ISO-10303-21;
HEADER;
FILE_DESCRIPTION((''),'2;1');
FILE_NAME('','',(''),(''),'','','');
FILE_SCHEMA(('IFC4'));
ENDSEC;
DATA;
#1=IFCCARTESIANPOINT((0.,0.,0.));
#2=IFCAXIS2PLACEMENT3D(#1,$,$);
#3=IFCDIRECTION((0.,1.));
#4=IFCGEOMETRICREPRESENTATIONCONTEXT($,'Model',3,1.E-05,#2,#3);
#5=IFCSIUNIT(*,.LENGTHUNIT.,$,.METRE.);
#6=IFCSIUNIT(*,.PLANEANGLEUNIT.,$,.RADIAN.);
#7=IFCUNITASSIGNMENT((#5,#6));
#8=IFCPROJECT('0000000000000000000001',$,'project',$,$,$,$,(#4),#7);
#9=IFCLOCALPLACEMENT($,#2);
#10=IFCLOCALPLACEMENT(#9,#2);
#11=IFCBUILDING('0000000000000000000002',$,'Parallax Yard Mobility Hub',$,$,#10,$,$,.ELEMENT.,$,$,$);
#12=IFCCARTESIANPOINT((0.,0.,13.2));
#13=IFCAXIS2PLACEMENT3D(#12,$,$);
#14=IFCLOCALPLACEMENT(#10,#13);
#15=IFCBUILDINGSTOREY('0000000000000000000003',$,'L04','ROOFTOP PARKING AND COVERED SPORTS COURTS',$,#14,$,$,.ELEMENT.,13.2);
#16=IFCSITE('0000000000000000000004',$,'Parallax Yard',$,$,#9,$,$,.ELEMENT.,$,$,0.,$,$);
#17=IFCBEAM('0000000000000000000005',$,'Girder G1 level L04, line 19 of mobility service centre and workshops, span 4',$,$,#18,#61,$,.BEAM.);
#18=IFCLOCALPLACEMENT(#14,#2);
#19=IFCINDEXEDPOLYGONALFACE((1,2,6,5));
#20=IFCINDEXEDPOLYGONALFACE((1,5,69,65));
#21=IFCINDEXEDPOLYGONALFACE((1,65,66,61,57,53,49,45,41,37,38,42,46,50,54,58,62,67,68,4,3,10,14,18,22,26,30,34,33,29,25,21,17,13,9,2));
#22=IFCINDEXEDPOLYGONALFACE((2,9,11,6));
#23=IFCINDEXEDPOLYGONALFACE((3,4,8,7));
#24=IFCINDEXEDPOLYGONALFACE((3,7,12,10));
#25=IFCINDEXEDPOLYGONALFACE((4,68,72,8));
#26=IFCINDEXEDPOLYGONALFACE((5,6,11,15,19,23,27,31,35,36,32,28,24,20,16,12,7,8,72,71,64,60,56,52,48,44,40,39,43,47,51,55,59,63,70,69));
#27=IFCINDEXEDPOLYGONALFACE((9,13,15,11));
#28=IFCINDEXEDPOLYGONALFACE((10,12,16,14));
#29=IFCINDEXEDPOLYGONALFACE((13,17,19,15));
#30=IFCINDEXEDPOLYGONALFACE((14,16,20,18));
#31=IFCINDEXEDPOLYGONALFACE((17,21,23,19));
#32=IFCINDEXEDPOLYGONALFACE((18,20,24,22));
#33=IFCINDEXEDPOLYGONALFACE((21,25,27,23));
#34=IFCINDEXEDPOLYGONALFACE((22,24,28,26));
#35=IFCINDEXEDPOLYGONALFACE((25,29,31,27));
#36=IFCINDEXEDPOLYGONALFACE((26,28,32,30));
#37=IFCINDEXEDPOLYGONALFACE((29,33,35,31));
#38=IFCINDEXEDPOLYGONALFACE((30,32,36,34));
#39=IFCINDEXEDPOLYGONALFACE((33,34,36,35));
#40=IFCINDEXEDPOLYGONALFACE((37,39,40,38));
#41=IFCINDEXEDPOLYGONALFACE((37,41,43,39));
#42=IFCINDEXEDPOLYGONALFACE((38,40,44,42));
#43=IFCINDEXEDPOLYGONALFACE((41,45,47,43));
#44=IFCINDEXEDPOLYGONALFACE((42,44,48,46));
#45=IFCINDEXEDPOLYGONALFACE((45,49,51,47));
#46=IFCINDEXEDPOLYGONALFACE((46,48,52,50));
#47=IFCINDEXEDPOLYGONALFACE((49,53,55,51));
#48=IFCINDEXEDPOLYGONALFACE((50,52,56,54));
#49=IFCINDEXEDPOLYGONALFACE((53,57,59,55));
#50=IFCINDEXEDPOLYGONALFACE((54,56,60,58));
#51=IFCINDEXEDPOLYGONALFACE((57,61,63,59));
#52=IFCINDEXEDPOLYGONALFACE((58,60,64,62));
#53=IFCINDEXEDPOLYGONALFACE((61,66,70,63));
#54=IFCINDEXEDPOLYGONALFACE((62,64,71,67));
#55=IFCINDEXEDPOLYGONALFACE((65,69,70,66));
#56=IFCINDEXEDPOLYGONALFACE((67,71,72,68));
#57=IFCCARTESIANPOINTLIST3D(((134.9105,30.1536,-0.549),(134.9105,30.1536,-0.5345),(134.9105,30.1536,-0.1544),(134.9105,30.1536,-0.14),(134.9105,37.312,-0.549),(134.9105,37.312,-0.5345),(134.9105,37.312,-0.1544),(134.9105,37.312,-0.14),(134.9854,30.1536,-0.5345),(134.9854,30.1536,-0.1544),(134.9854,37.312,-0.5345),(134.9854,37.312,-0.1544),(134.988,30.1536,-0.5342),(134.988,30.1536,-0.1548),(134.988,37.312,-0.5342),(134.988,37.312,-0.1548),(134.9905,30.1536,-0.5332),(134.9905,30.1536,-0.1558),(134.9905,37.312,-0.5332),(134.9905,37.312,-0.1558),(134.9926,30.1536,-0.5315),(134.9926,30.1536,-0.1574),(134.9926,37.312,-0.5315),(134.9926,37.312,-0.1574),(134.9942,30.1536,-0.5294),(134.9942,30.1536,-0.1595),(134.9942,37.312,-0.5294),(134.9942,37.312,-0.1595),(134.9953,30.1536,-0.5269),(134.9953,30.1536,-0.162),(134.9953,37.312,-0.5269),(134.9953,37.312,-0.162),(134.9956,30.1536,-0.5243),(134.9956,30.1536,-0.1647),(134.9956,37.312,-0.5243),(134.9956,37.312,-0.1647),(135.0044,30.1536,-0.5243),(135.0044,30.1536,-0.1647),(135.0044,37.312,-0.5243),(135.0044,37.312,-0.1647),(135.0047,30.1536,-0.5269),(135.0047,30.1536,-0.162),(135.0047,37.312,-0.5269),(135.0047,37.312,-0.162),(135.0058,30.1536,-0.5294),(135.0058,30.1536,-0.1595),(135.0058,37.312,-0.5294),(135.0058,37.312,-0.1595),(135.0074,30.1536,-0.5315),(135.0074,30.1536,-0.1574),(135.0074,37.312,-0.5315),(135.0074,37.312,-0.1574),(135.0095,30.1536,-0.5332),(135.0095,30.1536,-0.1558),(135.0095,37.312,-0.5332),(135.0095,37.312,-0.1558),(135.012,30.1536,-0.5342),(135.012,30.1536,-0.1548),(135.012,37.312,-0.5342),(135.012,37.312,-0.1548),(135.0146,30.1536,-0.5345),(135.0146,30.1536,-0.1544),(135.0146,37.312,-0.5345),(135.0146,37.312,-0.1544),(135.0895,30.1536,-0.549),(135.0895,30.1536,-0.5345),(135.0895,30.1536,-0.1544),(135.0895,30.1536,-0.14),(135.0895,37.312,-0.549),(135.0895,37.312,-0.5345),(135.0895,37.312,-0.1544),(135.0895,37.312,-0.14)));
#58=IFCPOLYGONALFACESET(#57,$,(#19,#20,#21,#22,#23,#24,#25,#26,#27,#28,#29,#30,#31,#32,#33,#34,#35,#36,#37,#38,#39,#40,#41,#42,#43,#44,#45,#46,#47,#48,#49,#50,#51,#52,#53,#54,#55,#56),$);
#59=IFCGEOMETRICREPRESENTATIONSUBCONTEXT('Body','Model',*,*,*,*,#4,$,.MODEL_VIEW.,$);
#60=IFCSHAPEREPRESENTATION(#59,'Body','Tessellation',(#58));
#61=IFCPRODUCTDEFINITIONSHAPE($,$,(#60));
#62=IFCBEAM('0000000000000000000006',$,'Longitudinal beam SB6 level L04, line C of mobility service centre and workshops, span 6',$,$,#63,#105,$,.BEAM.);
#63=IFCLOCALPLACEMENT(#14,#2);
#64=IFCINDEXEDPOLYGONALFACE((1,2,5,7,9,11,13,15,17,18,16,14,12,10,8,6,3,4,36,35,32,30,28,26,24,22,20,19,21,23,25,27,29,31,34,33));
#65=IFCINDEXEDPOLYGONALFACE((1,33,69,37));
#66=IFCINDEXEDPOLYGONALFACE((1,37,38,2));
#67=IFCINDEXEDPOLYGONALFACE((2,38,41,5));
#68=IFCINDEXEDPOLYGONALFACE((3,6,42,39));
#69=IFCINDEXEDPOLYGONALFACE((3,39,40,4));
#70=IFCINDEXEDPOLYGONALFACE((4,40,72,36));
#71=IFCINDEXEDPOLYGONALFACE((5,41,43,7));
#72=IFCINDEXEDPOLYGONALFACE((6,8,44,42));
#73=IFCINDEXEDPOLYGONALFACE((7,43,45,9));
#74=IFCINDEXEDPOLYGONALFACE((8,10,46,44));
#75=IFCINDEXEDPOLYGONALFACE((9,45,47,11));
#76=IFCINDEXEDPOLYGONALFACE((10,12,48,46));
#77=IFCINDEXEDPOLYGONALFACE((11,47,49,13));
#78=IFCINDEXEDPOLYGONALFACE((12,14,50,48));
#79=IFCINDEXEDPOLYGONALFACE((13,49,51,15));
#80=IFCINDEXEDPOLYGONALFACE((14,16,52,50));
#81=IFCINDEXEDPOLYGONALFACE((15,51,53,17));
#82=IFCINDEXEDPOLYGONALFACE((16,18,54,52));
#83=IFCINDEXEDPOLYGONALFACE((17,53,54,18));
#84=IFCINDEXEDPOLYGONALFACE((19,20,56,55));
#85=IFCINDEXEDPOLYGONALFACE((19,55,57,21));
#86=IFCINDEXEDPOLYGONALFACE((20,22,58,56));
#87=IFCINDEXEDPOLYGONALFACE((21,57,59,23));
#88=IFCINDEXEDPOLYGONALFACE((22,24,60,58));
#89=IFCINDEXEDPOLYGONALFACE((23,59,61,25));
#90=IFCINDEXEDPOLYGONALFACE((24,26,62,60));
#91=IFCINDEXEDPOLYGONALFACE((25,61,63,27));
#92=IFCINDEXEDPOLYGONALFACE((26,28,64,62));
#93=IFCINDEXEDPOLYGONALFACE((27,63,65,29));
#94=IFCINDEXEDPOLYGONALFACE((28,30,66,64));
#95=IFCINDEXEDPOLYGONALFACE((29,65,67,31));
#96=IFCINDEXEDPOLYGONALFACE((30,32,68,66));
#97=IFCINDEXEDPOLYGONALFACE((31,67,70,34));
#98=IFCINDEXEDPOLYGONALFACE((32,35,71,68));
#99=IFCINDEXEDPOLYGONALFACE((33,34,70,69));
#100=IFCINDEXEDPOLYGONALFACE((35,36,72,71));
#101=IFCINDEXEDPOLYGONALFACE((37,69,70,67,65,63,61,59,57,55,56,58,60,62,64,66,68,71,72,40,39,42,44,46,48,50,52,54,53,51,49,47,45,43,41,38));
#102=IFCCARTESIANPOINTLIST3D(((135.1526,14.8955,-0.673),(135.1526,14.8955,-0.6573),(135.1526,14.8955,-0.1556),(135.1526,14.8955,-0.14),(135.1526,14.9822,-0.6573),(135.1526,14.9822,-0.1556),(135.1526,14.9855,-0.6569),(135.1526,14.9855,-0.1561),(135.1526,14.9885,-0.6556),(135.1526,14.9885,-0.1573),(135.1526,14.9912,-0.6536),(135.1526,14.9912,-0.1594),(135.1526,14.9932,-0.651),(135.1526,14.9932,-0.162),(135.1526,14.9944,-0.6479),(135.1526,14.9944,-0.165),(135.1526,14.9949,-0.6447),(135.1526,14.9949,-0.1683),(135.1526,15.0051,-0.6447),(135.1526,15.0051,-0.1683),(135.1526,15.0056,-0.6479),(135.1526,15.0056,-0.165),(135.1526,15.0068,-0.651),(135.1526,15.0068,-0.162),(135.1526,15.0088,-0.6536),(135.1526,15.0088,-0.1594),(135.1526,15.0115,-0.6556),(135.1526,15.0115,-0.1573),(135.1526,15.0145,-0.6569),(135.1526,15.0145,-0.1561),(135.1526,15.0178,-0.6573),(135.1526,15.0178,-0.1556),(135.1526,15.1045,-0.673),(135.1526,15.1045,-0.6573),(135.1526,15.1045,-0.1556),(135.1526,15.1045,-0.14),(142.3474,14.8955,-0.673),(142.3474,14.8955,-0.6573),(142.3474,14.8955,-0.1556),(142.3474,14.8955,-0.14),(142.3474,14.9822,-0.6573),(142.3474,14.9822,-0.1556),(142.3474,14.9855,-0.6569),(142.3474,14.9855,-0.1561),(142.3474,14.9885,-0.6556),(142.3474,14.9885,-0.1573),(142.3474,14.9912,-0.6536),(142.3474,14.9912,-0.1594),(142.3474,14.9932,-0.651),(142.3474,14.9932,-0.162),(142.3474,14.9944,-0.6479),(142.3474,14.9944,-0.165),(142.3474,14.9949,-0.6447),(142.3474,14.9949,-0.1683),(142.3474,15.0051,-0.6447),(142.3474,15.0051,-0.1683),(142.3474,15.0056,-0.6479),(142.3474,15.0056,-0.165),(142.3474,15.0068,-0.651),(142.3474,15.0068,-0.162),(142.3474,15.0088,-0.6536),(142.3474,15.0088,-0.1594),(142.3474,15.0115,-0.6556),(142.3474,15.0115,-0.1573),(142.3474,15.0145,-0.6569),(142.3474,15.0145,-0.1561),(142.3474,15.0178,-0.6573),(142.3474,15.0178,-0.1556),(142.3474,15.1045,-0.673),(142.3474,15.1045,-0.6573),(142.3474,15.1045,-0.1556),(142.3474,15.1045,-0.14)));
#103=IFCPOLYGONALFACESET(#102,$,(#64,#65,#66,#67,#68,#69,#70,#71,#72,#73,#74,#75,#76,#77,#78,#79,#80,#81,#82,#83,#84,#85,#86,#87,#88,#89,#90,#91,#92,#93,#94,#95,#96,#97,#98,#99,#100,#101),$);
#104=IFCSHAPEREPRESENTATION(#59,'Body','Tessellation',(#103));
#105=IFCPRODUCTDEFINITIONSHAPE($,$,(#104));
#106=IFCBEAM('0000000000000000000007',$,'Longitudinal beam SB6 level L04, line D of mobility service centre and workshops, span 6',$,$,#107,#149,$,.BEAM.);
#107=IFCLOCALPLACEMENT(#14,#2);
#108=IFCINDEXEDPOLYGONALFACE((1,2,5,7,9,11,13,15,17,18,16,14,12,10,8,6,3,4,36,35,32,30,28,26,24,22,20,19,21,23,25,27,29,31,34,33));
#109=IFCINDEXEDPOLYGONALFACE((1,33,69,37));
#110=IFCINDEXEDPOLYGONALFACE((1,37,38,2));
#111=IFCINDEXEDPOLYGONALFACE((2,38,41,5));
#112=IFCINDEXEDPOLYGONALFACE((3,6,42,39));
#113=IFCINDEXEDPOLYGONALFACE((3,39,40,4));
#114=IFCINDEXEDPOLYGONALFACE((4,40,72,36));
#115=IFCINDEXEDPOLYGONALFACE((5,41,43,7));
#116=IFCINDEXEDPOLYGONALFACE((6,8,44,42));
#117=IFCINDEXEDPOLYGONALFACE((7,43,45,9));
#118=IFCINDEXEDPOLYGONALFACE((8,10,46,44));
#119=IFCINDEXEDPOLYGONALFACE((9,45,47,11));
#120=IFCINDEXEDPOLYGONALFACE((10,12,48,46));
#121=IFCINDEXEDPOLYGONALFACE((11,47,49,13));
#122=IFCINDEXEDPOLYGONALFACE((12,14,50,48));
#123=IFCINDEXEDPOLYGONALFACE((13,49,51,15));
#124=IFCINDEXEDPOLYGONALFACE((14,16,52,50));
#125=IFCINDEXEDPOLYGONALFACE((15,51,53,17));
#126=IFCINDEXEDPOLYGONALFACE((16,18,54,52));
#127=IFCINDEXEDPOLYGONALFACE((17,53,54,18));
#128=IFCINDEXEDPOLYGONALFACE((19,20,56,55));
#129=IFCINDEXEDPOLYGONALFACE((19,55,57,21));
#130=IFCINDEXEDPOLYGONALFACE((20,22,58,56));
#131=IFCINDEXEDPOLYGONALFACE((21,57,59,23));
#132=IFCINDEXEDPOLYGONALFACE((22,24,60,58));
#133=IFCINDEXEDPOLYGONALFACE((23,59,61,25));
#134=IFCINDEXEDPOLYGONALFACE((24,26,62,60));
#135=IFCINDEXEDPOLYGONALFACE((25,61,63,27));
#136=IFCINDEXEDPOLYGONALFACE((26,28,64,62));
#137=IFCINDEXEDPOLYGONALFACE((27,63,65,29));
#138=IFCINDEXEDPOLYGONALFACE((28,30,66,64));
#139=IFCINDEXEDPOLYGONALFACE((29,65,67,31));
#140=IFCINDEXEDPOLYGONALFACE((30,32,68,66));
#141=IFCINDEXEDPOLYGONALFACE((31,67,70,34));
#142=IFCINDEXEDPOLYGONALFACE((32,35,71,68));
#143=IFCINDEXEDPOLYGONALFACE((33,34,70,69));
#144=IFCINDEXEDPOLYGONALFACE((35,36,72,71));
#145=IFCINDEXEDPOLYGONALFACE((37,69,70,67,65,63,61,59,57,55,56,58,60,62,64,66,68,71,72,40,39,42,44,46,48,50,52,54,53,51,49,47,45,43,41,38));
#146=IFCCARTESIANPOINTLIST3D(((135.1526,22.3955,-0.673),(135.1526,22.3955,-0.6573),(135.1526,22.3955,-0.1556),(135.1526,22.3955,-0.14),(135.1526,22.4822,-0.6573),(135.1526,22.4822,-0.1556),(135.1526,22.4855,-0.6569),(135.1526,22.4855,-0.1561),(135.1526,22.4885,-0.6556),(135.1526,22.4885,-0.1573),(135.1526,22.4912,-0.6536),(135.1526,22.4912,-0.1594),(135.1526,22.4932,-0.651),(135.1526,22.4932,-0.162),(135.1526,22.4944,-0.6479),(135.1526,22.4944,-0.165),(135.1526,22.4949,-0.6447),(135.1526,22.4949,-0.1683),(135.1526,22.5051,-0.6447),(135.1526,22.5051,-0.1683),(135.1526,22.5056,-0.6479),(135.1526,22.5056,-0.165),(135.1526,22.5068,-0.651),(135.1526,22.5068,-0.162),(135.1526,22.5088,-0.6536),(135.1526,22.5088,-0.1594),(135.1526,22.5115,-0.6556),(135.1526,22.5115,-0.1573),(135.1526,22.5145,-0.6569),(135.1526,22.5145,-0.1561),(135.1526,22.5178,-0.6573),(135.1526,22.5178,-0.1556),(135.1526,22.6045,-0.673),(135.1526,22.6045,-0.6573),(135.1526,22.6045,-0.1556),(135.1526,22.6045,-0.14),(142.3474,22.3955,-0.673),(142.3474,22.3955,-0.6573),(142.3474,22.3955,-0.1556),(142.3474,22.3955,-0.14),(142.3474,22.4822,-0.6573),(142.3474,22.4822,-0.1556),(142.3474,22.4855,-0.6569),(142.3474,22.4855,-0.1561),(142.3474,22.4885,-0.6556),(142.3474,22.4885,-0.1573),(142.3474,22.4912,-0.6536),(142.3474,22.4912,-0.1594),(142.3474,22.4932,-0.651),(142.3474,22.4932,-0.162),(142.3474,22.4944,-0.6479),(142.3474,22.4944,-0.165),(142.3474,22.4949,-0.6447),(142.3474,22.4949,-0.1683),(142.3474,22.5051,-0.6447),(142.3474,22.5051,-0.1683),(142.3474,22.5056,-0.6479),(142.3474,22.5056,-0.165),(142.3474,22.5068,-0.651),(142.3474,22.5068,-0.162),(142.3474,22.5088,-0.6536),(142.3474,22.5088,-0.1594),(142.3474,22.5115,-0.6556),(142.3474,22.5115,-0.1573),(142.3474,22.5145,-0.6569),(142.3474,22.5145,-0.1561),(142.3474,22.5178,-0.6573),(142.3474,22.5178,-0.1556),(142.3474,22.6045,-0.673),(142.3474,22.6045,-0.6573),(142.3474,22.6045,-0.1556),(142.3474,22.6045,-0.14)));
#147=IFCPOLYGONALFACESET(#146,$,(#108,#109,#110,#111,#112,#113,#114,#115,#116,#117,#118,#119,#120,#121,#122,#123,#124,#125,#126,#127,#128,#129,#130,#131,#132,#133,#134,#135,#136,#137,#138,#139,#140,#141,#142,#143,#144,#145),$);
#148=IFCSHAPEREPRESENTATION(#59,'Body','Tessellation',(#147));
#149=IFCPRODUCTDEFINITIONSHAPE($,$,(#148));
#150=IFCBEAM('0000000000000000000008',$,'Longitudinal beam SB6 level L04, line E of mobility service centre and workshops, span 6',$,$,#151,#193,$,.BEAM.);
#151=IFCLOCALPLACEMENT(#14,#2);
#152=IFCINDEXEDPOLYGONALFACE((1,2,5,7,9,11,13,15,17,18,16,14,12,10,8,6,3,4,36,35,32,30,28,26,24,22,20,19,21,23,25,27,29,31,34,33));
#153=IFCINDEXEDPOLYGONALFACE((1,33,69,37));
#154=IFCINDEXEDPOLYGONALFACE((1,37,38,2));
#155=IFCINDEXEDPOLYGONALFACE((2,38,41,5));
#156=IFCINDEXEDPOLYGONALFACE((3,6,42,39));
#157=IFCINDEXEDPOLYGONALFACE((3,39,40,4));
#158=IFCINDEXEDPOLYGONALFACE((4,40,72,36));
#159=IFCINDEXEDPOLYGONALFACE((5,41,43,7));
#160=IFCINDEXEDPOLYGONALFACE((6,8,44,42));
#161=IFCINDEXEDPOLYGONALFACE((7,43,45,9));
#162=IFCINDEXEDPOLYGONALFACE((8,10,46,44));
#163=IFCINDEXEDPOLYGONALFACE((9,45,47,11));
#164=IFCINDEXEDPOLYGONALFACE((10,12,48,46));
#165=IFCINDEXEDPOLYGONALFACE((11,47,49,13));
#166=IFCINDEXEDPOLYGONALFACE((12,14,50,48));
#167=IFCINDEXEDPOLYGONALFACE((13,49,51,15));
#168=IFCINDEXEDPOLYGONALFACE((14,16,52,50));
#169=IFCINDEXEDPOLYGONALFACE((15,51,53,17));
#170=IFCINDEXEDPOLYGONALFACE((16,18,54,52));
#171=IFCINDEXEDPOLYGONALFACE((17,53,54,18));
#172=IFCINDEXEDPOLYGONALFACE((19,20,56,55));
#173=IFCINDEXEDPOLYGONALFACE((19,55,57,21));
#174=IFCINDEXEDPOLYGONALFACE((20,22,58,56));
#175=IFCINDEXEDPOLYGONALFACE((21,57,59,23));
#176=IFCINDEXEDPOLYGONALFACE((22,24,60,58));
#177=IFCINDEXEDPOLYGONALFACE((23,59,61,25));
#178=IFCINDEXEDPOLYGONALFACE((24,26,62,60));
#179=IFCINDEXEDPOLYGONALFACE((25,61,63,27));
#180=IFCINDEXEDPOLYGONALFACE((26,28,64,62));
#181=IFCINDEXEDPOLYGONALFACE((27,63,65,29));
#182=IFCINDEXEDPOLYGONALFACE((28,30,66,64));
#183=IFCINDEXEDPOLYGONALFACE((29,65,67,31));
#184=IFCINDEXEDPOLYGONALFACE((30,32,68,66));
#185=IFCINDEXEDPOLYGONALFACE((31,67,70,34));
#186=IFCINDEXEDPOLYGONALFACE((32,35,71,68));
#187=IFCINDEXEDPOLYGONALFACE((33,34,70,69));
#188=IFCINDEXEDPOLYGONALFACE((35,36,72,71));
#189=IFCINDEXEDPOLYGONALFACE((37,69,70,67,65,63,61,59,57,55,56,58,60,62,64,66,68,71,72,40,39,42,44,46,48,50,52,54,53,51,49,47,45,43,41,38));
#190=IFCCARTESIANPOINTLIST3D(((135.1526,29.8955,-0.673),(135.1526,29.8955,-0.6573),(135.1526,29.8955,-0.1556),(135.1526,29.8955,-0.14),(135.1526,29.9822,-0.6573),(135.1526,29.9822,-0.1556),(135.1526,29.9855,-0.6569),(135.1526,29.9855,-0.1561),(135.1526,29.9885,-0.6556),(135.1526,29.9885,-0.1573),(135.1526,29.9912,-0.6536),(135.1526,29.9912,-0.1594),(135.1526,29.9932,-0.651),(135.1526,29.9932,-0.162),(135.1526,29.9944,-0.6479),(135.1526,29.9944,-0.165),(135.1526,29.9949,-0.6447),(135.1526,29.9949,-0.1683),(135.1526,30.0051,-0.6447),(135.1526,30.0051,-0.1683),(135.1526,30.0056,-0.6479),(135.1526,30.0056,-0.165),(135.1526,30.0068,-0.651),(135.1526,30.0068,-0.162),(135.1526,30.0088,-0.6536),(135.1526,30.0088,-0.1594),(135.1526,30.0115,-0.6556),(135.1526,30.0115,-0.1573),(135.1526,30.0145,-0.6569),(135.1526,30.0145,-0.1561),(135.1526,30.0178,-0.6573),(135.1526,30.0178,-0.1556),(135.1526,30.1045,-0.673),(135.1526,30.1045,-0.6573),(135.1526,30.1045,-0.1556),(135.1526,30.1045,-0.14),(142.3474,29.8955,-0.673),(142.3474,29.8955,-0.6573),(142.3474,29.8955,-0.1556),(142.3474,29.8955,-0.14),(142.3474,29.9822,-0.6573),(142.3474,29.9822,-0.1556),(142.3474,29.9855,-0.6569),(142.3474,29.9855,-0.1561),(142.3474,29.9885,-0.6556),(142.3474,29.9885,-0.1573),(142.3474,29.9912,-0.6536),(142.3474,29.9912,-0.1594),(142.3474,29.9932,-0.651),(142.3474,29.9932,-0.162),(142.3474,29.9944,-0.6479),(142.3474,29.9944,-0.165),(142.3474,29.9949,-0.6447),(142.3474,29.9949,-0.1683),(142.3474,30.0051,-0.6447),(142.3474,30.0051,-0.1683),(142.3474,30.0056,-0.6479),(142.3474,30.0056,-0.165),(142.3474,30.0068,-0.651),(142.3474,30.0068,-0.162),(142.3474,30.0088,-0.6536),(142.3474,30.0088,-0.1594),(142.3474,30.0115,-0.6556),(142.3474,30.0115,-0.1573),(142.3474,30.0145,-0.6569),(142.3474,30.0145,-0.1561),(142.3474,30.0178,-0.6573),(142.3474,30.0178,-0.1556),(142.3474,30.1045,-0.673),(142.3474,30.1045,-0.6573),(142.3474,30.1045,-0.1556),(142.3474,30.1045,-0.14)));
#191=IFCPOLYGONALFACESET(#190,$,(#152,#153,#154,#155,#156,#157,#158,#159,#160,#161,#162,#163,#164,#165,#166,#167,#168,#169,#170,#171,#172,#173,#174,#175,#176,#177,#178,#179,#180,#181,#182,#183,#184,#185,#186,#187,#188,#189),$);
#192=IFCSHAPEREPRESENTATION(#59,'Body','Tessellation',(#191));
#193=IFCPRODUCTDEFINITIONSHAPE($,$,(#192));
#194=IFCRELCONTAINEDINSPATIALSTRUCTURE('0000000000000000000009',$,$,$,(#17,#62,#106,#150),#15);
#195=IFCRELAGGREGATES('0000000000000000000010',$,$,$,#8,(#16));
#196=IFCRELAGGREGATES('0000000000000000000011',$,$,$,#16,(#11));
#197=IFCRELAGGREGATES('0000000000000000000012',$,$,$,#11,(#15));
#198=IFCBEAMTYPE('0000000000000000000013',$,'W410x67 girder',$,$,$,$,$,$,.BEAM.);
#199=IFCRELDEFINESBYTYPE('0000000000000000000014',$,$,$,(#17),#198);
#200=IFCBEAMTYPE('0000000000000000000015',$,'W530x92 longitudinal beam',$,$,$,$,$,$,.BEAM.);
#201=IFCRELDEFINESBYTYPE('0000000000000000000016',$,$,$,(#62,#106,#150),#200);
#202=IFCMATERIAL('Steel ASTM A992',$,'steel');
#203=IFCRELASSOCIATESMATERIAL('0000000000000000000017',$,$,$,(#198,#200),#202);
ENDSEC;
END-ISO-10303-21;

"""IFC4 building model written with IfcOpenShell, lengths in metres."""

from ifc_helpers import new_model, si_unit, direction, frame, origin, origin_2d, place, context, subcontext, project, spatial, i_section, extrude, material, material_profile, profile_set, type_object, element, save


model = new_model("IFC4")

# Units and contexts
model_context = context("Model", 3, precision=1e-05, world=origin(), true_north=direction((0.0, 1.0)))
body_context = subcontext(model_context, "Body", "Model", "MODEL_VIEW")
ifc_project = project(units=[si_unit("LENGTHUNIT", "METRE"), si_unit("PLANEANGLEUNIT", "RADIAN")], contexts=[model_context])

# Site, building, storey
site_placement = place(None, origin())
site = spatial("IfcSite", under=ifc_project, at=site_placement, Name="Parallax Yard", CompositionType="ELEMENT", RefElevation=0.0)
building_placement = place(site_placement, origin())
building = spatial("IfcBuilding", under=site, at=building_placement, Name="Parallax Yard Mobility Hub", CompositionType="ELEMENT")
storey_placement = place(building_placement, frame((0.0, 0.0, 13.2)))
storey = spatial("IfcBuildingStorey", under=building, at=storey_placement, Name="L04", Description="ROOFTOP PARKING AND COVERED SPORTS COURTS", CompositionType="ELEMENT", Elevation=13.2)

# Beams
ifc_material_1 = material(Name="Steel ASTM A992", Category="steel")
ifc_material_profile_1 = material_profile(ifc_material_1, i_section(OverallWidth=0.179, OverallDepth=0.4089, WebThickness=0.0088, FlangeThickness=0.0144, FilletRadius=0.0103, at=origin_2d()), Name="W410x67")
ifc_profile_set_1 = profile_set([ifc_material_profile_1], Name="Steel ASTM A992")
beam_type_1 = type_object("IfcBeamType", Name="W410x67 girder", PredefinedType="BEAM", material=ifc_profile_set_1)
beam_placement = place(storey_placement, frame((135.0, 30.1536, -0.3445), z_axis=(0.0, 1.0, 0.0), x_axis=(-1.0, 0.0, 0.0)))
element("IfcBeam", 1, at=beam_placement, inside=storey, type_object=beam_type_1, Name="Girder G1 level L04, line 19 of mobility service centre and workshops, span 4", PredefinedType="BEAM", context=body_context, shape_type="SweptSolid", body=[
    extrude(i_section(OverallWidth=0.179, OverallDepth=0.4089, WebThickness=0.0088, FlangeThickness=0.0144, FilletRadius=0.0103, at=origin_2d()), origin(), (0.0, 0.0, 1.0), 7.1584),
])
ifc_material_profile_2 = material_profile(ifc_material_1, i_section(OverallWidth=0.209, OverallDepth=0.533, WebThickness=0.0103, FlangeThickness=0.0156, FilletRadius=0.0127, at=origin_2d()), Name="W530x92")
ifc_profile_set_2 = profile_set([ifc_material_profile_2], Name="Steel ASTM A992")
beam_type_2 = type_object("IfcBeamType", Name="W530x92 longitudinal beam", PredefinedType="BEAM", material=ifc_profile_set_2)
for number, where, z_axis, x_axis, name in (
    (2, (135.1526, 15.0, -0.4065), (1.0, 0.0, 0.0), (0.0, 1.0, 0.0), "Longitudinal beam SB6 level L04, line C of mobility service centre and workshops, span 6"),
    (3, (135.1526, 22.5, -0.4065), (1.0, 0.0, 0.0), (0.0, 1.0, 0.0), "Longitudinal beam SB6 level L04, line D of mobility service centre and workshops, span 6"),
    (4, (135.1526, 30.0, -0.4065), (1.0, 0.0, 0.0), (0.0, 1.0, 0.0), "Longitudinal beam SB6 level L04, line E of mobility service centre and workshops, span 6"),
):
    element("IfcBeam", number, at=place(storey_placement, frame(where, z_axis=z_axis, x_axis=x_axis)), inside=storey, type_object=beam_type_2, Name=name, PredefinedType="BEAM", context=body_context, shape_type="SweptSolid", body=[
        extrude(i_section(OverallWidth=0.209, OverallDepth=0.533, WebThickness=0.0103, FlangeThickness=0.0156, FilletRadius=0.0127, at=origin_2d()), origin(), (0.0, 0.0, 1.0), 7.1948),
    ])

save(model, "model.ifc")
